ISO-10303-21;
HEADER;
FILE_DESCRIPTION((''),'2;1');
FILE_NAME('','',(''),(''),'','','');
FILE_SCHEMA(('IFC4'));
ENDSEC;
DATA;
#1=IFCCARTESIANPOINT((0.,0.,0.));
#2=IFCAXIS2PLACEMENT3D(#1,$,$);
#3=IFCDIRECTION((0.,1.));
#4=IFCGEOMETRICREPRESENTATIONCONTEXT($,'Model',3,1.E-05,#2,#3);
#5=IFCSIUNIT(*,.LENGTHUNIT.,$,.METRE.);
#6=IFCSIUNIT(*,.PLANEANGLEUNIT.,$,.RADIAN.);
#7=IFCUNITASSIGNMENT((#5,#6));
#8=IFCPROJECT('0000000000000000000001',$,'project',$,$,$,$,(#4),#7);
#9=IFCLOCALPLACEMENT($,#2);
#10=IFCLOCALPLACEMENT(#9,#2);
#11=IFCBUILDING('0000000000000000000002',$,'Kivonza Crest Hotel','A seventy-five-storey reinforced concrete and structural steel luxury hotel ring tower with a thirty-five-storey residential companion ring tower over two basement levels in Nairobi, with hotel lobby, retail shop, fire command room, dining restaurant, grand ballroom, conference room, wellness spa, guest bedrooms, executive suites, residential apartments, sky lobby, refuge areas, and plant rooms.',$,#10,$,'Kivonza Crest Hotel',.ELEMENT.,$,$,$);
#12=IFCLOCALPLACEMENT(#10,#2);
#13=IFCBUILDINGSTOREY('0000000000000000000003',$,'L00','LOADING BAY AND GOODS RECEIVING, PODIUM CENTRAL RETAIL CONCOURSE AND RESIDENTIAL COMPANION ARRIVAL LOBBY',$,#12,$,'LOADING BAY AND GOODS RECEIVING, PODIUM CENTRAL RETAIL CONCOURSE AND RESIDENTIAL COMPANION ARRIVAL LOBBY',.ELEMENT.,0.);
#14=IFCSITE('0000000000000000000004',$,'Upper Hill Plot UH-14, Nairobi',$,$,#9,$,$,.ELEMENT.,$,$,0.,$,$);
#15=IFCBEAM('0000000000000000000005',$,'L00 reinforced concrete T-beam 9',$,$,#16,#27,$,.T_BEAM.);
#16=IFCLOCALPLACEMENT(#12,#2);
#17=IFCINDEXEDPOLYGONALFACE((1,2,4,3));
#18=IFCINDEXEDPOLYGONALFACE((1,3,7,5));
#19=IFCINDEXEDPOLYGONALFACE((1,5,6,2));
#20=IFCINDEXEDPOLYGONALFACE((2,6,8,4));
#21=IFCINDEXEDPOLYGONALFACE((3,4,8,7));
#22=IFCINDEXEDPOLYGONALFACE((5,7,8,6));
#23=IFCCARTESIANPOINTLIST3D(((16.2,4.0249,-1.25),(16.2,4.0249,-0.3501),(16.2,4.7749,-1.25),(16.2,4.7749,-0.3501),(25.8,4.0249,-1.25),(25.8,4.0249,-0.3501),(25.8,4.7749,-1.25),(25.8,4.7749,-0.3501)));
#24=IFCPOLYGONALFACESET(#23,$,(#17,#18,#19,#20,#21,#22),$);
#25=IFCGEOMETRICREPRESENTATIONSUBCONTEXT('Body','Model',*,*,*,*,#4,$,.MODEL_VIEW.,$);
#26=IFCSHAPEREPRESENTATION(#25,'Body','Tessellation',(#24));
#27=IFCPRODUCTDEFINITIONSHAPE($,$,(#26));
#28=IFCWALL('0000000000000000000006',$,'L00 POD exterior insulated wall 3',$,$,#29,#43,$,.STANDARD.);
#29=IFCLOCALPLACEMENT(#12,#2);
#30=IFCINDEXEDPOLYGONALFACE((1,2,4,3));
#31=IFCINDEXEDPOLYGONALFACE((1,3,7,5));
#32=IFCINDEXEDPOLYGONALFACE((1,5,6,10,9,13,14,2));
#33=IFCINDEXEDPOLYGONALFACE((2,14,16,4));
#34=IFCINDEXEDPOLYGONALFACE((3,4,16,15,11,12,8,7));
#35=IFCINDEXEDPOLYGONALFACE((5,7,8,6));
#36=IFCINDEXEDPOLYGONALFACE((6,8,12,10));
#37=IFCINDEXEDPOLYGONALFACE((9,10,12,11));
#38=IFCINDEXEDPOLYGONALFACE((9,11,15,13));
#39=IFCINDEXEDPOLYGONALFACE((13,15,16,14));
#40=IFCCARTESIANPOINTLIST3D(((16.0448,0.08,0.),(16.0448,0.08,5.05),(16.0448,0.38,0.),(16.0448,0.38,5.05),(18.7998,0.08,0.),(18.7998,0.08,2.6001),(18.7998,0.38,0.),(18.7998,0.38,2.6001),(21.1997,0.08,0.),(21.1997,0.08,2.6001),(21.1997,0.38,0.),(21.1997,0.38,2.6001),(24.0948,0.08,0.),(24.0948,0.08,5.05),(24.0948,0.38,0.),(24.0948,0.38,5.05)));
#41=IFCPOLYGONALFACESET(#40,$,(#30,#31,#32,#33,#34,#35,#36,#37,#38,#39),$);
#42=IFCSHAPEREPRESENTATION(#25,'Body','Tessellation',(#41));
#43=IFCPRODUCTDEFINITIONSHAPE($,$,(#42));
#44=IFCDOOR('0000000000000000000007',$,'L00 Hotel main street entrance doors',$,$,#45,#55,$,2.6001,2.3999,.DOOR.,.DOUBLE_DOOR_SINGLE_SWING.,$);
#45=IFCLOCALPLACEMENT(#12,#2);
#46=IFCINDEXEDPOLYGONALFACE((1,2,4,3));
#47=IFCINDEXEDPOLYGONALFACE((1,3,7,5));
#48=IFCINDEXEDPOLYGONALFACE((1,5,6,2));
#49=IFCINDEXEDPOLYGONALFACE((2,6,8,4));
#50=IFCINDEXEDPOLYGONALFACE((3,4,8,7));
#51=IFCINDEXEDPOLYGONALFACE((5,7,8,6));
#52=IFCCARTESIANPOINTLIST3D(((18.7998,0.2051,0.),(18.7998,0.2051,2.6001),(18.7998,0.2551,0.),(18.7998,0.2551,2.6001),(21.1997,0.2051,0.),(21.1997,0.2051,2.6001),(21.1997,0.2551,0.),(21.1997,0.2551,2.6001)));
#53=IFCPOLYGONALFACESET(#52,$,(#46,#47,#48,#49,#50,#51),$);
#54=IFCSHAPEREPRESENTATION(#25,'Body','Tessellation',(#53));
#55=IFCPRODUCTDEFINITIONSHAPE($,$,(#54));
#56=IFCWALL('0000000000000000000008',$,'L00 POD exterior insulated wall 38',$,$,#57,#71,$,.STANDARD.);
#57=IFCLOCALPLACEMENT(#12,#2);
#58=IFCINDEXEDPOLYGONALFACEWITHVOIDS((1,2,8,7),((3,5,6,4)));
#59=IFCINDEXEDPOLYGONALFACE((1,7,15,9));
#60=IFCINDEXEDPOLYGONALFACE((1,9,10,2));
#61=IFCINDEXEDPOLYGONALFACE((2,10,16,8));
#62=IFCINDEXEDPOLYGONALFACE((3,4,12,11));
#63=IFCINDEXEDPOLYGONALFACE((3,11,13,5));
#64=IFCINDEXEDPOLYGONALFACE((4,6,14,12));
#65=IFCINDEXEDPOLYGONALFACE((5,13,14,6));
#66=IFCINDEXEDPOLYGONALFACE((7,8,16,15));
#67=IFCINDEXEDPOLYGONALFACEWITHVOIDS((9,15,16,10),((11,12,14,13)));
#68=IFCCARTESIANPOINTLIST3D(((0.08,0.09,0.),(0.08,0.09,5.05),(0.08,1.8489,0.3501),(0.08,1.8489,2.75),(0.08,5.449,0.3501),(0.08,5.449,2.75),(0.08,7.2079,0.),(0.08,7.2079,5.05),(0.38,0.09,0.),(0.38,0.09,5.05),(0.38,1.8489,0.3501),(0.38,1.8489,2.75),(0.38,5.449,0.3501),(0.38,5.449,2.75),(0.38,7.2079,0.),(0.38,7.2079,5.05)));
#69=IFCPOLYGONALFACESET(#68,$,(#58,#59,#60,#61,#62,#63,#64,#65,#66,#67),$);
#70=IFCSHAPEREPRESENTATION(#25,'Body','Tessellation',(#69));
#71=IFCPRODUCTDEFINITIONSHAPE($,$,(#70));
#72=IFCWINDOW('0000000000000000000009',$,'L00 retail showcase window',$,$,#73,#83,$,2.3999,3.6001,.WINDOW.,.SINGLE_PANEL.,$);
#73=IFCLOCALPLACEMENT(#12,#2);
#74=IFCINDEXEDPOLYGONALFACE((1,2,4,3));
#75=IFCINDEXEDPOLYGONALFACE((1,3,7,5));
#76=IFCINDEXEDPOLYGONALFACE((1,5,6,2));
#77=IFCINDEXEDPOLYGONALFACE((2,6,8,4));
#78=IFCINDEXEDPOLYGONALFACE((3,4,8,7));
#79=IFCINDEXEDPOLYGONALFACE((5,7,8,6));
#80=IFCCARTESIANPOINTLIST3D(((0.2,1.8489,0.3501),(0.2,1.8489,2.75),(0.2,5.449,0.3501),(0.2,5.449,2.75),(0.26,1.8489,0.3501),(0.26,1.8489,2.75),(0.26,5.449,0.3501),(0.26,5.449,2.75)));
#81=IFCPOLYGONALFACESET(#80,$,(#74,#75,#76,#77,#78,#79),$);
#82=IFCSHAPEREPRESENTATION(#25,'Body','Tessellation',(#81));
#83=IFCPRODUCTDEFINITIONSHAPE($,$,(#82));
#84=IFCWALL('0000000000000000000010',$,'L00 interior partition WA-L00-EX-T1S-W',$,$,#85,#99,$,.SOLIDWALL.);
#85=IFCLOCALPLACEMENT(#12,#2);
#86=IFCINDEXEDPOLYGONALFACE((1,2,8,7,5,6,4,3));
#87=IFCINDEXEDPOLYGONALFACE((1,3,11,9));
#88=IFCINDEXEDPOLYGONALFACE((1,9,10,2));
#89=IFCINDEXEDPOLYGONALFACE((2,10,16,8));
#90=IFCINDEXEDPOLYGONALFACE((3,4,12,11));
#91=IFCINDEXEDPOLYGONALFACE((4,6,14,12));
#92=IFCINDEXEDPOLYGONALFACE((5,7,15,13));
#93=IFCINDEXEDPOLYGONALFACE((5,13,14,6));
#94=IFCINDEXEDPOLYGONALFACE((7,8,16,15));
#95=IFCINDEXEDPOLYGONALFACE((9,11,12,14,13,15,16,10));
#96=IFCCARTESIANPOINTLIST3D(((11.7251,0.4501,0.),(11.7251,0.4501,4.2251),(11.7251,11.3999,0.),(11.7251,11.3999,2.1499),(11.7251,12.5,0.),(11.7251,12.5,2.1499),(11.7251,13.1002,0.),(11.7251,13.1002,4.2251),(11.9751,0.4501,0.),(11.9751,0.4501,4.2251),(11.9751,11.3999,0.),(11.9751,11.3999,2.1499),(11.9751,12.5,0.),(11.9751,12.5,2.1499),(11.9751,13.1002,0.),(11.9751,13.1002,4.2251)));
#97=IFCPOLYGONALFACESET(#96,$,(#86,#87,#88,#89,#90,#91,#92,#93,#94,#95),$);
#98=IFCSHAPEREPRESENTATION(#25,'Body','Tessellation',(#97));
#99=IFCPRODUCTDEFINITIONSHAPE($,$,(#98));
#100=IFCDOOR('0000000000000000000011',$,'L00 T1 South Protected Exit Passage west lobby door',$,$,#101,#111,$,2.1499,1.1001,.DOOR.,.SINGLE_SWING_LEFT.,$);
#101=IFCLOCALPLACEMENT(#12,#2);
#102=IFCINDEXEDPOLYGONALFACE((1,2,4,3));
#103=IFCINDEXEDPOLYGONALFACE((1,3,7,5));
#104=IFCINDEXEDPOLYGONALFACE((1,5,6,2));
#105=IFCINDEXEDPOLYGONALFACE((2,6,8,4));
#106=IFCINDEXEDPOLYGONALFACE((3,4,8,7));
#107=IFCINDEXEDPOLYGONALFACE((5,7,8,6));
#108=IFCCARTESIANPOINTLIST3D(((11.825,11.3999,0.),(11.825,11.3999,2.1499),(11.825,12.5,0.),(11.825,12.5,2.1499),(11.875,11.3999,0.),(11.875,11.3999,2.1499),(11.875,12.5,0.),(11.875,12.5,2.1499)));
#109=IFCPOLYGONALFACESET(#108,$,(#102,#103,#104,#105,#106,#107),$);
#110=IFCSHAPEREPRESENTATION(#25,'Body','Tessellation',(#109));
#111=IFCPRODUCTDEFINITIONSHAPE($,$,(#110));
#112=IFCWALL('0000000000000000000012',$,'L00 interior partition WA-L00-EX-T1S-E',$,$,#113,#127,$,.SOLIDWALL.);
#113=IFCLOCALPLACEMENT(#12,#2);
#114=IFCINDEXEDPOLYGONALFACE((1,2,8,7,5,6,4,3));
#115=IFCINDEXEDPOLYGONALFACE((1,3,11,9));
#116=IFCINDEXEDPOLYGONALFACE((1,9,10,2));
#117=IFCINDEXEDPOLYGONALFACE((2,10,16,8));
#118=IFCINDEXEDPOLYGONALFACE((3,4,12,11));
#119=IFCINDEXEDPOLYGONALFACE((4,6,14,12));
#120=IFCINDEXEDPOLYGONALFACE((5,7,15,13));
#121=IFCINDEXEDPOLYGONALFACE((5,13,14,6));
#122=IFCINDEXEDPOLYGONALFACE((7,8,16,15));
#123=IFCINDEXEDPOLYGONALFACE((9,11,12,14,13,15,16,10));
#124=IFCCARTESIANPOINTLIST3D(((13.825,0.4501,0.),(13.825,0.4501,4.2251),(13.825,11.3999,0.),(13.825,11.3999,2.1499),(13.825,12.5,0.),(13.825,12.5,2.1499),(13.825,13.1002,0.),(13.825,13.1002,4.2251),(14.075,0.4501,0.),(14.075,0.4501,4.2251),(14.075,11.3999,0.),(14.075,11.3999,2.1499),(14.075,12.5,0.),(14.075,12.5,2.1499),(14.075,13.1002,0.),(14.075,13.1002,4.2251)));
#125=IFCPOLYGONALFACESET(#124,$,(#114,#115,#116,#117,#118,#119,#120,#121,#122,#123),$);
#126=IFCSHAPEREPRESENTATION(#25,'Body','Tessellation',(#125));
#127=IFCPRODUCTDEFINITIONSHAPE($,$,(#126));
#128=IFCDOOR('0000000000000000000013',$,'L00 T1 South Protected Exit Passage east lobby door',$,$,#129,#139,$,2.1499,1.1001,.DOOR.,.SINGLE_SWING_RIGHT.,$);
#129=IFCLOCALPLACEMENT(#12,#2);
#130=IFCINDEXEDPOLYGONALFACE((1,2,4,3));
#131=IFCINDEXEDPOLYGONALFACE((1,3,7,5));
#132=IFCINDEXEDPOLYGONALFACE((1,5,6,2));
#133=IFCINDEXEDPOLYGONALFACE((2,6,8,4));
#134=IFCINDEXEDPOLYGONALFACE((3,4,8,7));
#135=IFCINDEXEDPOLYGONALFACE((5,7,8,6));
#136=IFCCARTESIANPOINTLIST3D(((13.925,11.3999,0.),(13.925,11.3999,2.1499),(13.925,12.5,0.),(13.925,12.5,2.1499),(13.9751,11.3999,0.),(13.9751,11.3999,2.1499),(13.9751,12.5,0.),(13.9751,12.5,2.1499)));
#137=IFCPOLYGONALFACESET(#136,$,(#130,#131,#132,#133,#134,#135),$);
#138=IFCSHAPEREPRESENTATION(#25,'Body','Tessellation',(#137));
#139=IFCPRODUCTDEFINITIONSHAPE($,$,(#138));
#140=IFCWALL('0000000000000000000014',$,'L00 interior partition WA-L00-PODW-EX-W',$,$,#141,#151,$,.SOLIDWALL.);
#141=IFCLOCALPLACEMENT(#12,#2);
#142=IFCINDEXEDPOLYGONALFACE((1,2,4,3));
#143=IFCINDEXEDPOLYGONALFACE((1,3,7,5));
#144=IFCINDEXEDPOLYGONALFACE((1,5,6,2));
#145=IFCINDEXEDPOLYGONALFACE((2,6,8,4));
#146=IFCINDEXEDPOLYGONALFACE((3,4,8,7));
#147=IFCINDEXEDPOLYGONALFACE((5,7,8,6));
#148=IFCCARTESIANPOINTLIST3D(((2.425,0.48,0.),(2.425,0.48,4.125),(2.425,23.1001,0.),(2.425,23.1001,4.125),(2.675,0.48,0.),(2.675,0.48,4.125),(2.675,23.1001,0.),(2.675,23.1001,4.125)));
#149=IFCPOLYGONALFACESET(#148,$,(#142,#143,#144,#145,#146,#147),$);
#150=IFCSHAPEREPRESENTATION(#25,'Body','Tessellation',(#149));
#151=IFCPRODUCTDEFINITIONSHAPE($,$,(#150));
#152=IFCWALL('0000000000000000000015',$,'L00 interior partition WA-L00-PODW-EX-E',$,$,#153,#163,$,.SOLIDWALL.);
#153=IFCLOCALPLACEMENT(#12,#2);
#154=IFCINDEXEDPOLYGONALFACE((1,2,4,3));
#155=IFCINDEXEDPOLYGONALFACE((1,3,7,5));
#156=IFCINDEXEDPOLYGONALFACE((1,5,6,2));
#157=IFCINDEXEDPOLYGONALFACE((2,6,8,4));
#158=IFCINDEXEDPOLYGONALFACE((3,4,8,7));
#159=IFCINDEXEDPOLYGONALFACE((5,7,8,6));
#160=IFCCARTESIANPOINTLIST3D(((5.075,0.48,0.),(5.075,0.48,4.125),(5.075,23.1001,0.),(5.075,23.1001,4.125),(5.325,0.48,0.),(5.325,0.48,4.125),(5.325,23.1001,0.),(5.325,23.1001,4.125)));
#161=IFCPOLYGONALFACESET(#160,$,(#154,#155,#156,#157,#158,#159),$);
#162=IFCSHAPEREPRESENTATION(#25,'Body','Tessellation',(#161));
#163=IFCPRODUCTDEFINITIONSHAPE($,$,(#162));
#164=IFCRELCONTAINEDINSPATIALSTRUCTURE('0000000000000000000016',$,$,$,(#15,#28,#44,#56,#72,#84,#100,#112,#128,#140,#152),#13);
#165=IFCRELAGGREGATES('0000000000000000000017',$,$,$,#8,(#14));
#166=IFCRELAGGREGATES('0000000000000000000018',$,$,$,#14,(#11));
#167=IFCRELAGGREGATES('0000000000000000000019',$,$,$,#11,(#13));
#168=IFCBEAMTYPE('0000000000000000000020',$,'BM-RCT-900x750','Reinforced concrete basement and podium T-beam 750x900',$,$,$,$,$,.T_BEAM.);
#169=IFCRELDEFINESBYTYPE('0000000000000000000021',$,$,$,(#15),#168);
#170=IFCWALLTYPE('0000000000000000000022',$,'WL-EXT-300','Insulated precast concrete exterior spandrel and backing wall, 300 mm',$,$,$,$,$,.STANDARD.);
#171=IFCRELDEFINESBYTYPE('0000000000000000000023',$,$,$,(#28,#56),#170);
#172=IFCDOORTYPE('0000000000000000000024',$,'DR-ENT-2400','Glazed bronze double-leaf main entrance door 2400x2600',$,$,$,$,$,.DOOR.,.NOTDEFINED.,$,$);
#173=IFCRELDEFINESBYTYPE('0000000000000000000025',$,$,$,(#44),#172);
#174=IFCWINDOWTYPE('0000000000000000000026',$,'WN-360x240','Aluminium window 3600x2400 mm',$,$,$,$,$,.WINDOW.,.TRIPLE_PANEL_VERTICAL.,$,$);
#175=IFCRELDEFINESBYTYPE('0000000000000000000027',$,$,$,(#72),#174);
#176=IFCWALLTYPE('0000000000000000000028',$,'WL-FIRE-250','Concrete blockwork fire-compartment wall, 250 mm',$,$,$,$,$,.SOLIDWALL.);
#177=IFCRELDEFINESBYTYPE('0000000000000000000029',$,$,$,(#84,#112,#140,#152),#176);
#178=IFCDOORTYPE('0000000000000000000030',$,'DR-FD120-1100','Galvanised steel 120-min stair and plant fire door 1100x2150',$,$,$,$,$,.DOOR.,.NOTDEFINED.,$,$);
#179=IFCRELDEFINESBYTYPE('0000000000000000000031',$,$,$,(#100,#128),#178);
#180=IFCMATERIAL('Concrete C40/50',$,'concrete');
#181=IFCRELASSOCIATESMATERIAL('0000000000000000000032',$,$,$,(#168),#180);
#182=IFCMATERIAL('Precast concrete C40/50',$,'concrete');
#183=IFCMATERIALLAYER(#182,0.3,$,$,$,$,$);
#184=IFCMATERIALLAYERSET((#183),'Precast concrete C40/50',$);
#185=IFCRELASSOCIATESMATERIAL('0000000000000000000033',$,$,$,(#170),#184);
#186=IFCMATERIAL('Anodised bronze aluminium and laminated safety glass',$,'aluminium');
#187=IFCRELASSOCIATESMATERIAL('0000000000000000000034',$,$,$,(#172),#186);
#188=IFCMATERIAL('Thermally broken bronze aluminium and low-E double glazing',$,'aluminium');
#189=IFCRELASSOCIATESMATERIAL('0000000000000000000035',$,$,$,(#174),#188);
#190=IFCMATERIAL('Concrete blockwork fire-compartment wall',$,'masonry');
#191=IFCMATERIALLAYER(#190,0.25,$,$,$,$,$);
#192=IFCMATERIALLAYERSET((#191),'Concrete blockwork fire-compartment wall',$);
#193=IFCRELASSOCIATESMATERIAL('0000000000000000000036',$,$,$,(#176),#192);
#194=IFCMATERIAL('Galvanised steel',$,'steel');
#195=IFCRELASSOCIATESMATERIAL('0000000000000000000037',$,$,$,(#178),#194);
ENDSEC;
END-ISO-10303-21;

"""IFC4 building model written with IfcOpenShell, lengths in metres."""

from ifc_helpers import new_model, si_unit, direction, frame, frame_2d, origin, origin_2d, place, context, subcontext, project, spatial, rectangle, extrude, material, layer, layer_set, material_profile, profile_set, type_object, element, fill, save


model = new_model("IFC4")

# Units and contexts
model_context = context("Model", 3, precision=1e-05, world=origin(), true_north=direction((0.0, 1.0)))
body_context = subcontext(model_context, "Body", "Model", "MODEL_VIEW")
ifc_project = project(units=[si_unit("LENGTHUNIT", "METRE"), si_unit("PLANEANGLEUNIT", "RADIAN")], contexts=[model_context])

# Site, building, storey
site_placement = place(None, origin())
site = spatial("IfcSite", under=ifc_project, at=site_placement, Name="Upper Hill Plot UH-14, Nairobi", CompositionType="ELEMENT", RefElevation=0.0)
building_placement = place(site_placement, origin())
building = spatial("IfcBuilding", under=site, at=building_placement, Name="Kivonza Crest Hotel", Description="A seventy-five-storey reinforced concrete and structural steel luxury hotel ring tower with a thirty-five-storey residential companion ring tower over two basement levels in Nairobi, with hotel lobby, retail shop, fire command room, dining restaurant, grand ballroom, conference room, wellness spa, guest bedrooms, executive suites, residential apartments, sky lobby, refuge areas, and plant rooms.", LongName="Kivonza Crest Hotel", CompositionType="ELEMENT")
storey_placement = place(building_placement, origin())
storey = spatial("IfcBuildingStorey", under=building, at=storey_placement, Name="L00", Description="LOADING BAY AND GOODS RECEIVING, PODIUM CENTRAL RETAIL CONCOURSE AND RESIDENTIAL COMPANION ARRIVAL LOBBY", LongName="LOADING BAY AND GOODS RECEIVING, PODIUM CENTRAL RETAIL CONCOURSE AND RESIDENTIAL COMPANION ARRIVAL LOBBY", CompositionType="ELEMENT", Elevation=0.0)

# Beam
ifc_material_1 = material(Name="Concrete C40/50", Category="concrete")
ifc_material_profile_1 = material_profile(ifc_material_1, rectangle(XDim=0.75, YDim=0.8999, at=origin_2d()), Name="RC 900x750")
ifc_profile_set_1 = profile_set([ifc_material_profile_1], Name="Concrete C40/50")
beam_type_1 = type_object("IfcBeamType", Name="BM-RCT-900x750", Description="Reinforced concrete basement and podium T-beam 750x900", PredefinedType="T_BEAM", material=ifc_profile_set_1)
beam_1_placement = place(storey_placement, frame((16.2, 4.3999, -0.8), z_axis=(1.0, 0.0, 0.0), x_axis=(0.0, 1.0, 0.0)))
element("IfcBeam", 1, at=beam_1_placement, inside=storey, type_object=beam_type_1, Name="L00 reinforced concrete T-beam 9", PredefinedType="T_BEAM", context=body_context, shape_type="SweptSolid", body=[
    extrude(rectangle(XDim=0.75, YDim=0.8999, at=origin_2d()), origin(), (0.0, 0.0, 1.0), 9.6001),
])

# Wall, opening, door
ifc_material_2 = material(Name="Precast concrete C40/50", Category="concrete")
ifc_layer_1 = layer(ifc_material_2, 0.3)
ifc_layer_set_1 = layer_set([ifc_layer_1], Name="Precast concrete C40/50")
wall_type_1 = type_object("IfcWallType", Name="WL-EXT-300", Description="Insulated precast concrete exterior spandrel and backing wall, 300 mm", PredefinedType="STANDARD", material=ifc_layer_set_1)
wall_1_placement = place(storey_placement, frame((16.0449, 0.23, 0.0), z_axis=(0.0, 0.0, 1.0), x_axis=(1.0, 0.0, 0.0)))
wall_1 = element("IfcWall", 2, at=wall_1_placement, inside=storey, type_object=wall_type_1, Name="L00 POD exterior insulated wall 3", PredefinedType="STANDARD", context=body_context, shape_type="SweptSolid", body=[
    extrude(rectangle(XDim=8.05, YDim=0.3, at=frame_2d((4.0249, 0.0))), origin(), (0.0, 0.0, 1.0), 5.05),
])
opening_1_placement = place(wall_1_placement, frame((2.7549, 0.0, 0.0)))
opening_1 = element("IfcOpeningElement", 3, at=opening_1_placement, cuts=wall_1, PredefinedType="OPENING", context=body_context, shape_type="SweptSolid", body=[
    extrude(rectangle(XDim=2.3999, YDim=2.6001, at=frame_2d((1.2, 1.3))), frame((0.0, 0.1602, 0.0), z_axis=(0.0, -1.0, 0.0), x_axis=(1.0, 0.0, 0.0)), (0.0, 0.0, 1.0), 0.3201),
])
ifc_material_3 = material(Name="Anodised bronze aluminium and laminated safety glass", Category="aluminium")
door_type_1 = type_object("IfcDoorType", Name="DR-ENT-2400", Description="Glazed bronze double-leaf main entrance door 2400x2600", OperationType="NOTDEFINED", PredefinedType="DOOR", material=ifc_material_3)
door_1_placement = place(opening_1_placement, frame((2.3999, 0.0, 0.0), z_axis=(0.0, 0.0, 1.0), x_axis=(-1.0, 0.0, 0.0)))
door_1 = element("IfcDoor", 4, at=door_1_placement, inside=storey, type_object=door_type_1, Name="L00 Hotel main street entrance doors", OperationType="DOUBLE_DOOR_SINGLE_SWING", OverallHeight=2.6001, OverallWidth=2.3999, PredefinedType="DOOR", context=body_context, shape_type="SweptSolid", body=[
    extrude(rectangle(XDim=2.3999, YDim=2.6001, at=frame_2d((1.2, 1.3))), frame((0.0, 0.0249, 0.0), z_axis=(0.0, -1.0, 0.0), x_axis=(1.0, 0.0, 0.0)), (0.0, 0.0, 1.0), 0.05),
])
fill(opening_1, door_1)

# Wall, opening, window
wall_2_placement = place(storey_placement, frame((0.23, 7.208, 0.0), z_axis=(0.0, 0.0, 1.0), x_axis=(0.0, -1.0, 0.0)))
wall_2 = element("IfcWall", 5, at=wall_2_placement, inside=storey, type_object=wall_type_1, Name="L00 POD exterior insulated wall 38", PredefinedType="STANDARD", context=body_context, shape_type="SweptSolid", body=[
    extrude(rectangle(XDim=7.1179, YDim=0.3, at=frame_2d((3.5591, 0.0))), origin(), (0.0, 0.0, 1.0), 5.05),
])
opening_2_placement = place(wall_2_placement, frame((1.759, 0.0, 0.3501)))
opening_2 = element("IfcOpeningElement", 6, at=opening_2_placement, cuts=wall_2, PredefinedType="OPENING", context=body_context, shape_type="SweptSolid", body=[
    extrude(rectangle(XDim=3.6001, YDim=2.3999, at=frame_2d((1.8, 1.2))), frame((0.0, 0.1602, 0.0), z_axis=(0.0, -1.0, 0.0), x_axis=(1.0, 0.0, 0.0)), (0.0, 0.0, 1.0), 0.3201),
])
ifc_material_4 = material(Name="Thermally broken bronze aluminium and low-E double glazing", Category="aluminium")
window_type = type_object("IfcWindowType", Name="WN-360x240", Description="Aluminium window 3600x2400 mm", PartitioningType="TRIPLE_PANEL_VERTICAL", PredefinedType="WINDOW", material=ifc_material_4)
window_placement = place(opening_2_placement, origin())
window = element("IfcWindow", 7, at=window_placement, inside=storey, type_object=window_type, Name="L00 retail showcase window", OverallHeight=2.3999, OverallWidth=3.6001, PartitioningType="SINGLE_PANEL", PredefinedType="WINDOW", context=body_context, shape_type="SweptSolid", body=[
    extrude(rectangle(XDim=3.6001, YDim=2.3999, at=frame_2d((1.8, 1.2))), frame((0.0, 0.03, 0.0), z_axis=(0.0, -1.0, 0.0), x_axis=(1.0, 0.0, 0.0)), (0.0, 0.0, 1.0), 0.0601),
])
fill(opening_2, window)

# Walls, openings, doors
ifc_material_5 = material(Name="Concrete blockwork fire-compartment wall", Category="masonry")
ifc_layer_2 = layer(ifc_material_5, 0.25)
ifc_layer_set_2 = layer_set([ifc_layer_2], Name="Concrete blockwork fire-compartment wall")
wall_type_2 = type_object("IfcWallType", Name="WL-FIRE-250", Description="Concrete blockwork fire-compartment wall, 250 mm", PredefinedType="SOLIDWALL", material=ifc_layer_set_2)
wall_3_placement = place(storey_placement, frame((11.8501, 0.45, 0.0), z_axis=(0.0, 0.0, 1.0), x_axis=(0.0, 1.0, 0.0)))
wall_3 = element("IfcWall", 8, at=wall_3_placement, inside=storey, type_object=wall_type_2, Name="L00 interior partition WA-L00-EX-T1S-W", PredefinedType="SOLIDWALL", context=body_context, shape_type="SweptSolid", body=[
    extrude(rectangle(XDim=12.6501, YDim=0.25, at=frame_2d((6.3252, 0.0))), origin(), (0.0, 0.0, 1.0), 4.2251),
])
opening_3_placement = place(wall_3_placement, frame((10.95, 0.0, 0.0)))
opening_3 = element("IfcOpeningElement", 9, at=opening_3_placement, cuts=wall_3, PredefinedType="OPENING", context=body_context, shape_type="SweptSolid", body=[
    extrude(rectangle(XDim=1.1001, YDim=2.1499, at=frame_2d((0.55, 1.075))), frame((0.0, 0.135, 0.0), z_axis=(0.0, -1.0, 0.0), x_axis=(1.0, 0.0, 0.0)), (0.0, 0.0, 1.0), 0.27),
])
ifc_material_6 = material(Name="Galvanised steel", Category="steel")
door_type_2 = type_object("IfcDoorType", Name="DR-FD120-1100", Description="Galvanised steel 120-min stair and plant fire door 1100x2150", OperationType="NOTDEFINED", PredefinedType="DOOR", material=ifc_material_6)
door_2_placement = place(opening_3_placement, frame((1.1001, 0.0, 0.0), z_axis=(0.0, 0.0, 1.0), x_axis=(-1.0, 0.0, 0.0)))
door_2 = element("IfcDoor", 10, at=door_2_placement, inside=storey, type_object=door_type_2, Name="L00 T1 South Protected Exit Passage west lobby door", OperationType="SINGLE_SWING_LEFT", OverallHeight=2.1499, OverallWidth=1.1001, PredefinedType="DOOR", context=body_context, shape_type="SweptSolid", body=[
    extrude(rectangle(XDim=1.1001, YDim=2.1499, at=frame_2d((0.55, 1.075))), frame((0.0, 0.0249, 0.0), z_axis=(0.0, -1.0, 0.0), x_axis=(1.0, 0.0, 0.0)), (0.0, 0.0, 1.0), 0.05),
])
fill(opening_3, door_2)
wall_4_placement = place(storey_placement, frame((13.95, 0.45, 0.0), z_axis=(0.0, 0.0, 1.0), x_axis=(0.0, 1.0, 0.0)))
wall_4 = element("IfcWall", 11, at=wall_4_placement, inside=storey, type_object=wall_type_2, Name="L00 interior partition WA-L00-EX-T1S-E", PredefinedType="SOLIDWALL", context=body_context, shape_type="SweptSolid", body=[
    extrude(rectangle(XDim=12.6501, YDim=0.25, at=frame_2d((6.3252, 0.0))), origin(), (0.0, 0.0, 1.0), 4.2251),
])
opening_4_placement = place(wall_4_placement, frame((10.95, 0.0, 0.0)))
opening_4 = element("IfcOpeningElement", 12, at=opening_4_placement, cuts=wall_4, PredefinedType="OPENING", context=body_context, shape_type="SweptSolid", body=[
    extrude(rectangle(XDim=1.1001, YDim=2.1499, at=frame_2d((0.55, 1.075))), frame((0.0, 0.135, 0.0), z_axis=(0.0, -1.0, 0.0), x_axis=(1.0, 0.0, 0.0)), (0.0, 0.0, 1.0), 0.27),
])
door_3_placement = place(opening_4_placement, origin())
door_3 = element("IfcDoor", 13, at=door_3_placement, inside=storey, type_object=door_type_2, Name="L00 T1 South Protected Exit Passage east lobby door", OperationType="SINGLE_SWING_RIGHT", OverallHeight=2.1499, OverallWidth=1.1001, PredefinedType="DOOR", context=body_context, shape_type="SweptSolid", body=[
    extrude(rectangle(XDim=1.1001, YDim=2.1499, at=frame_2d((0.55, 1.075))), frame((0.0, 0.0249, 0.0), z_axis=(0.0, -1.0, 0.0), x_axis=(1.0, 0.0, 0.0)), (0.0, 0.0, 1.0), 0.05),
])
fill(opening_4, door_3)

# Walls
for number, where, z_axis, x_axis, name in (
    (14, (2.55, 0.48, 0.0), (0.0, 0.0, 1.0), (0.0, 1.0, 0.0), "L00 interior partition WA-L00-PODW-EX-W"),
    (15, (5.2, 0.48, 0.0), (0.0, 0.0, 1.0), (0.0, 1.0, 0.0), "L00 interior partition WA-L00-PODW-EX-E"),
):
    element("IfcWall", number, at=place(storey_placement, frame(where, z_axis=z_axis, x_axis=x_axis)), inside=storey, type_object=wall_type_2, Name=name, PredefinedType="SOLIDWALL", context=body_context, shape_type="SweptSolid", body=[
        extrude(rectangle(XDim=22.6201, YDim=0.25, at=frame_2d((11.3101, 0.0))), origin(), (0.0, 0.0, 1.0), 4.125),
    ])

save(model, "model.ifc")
